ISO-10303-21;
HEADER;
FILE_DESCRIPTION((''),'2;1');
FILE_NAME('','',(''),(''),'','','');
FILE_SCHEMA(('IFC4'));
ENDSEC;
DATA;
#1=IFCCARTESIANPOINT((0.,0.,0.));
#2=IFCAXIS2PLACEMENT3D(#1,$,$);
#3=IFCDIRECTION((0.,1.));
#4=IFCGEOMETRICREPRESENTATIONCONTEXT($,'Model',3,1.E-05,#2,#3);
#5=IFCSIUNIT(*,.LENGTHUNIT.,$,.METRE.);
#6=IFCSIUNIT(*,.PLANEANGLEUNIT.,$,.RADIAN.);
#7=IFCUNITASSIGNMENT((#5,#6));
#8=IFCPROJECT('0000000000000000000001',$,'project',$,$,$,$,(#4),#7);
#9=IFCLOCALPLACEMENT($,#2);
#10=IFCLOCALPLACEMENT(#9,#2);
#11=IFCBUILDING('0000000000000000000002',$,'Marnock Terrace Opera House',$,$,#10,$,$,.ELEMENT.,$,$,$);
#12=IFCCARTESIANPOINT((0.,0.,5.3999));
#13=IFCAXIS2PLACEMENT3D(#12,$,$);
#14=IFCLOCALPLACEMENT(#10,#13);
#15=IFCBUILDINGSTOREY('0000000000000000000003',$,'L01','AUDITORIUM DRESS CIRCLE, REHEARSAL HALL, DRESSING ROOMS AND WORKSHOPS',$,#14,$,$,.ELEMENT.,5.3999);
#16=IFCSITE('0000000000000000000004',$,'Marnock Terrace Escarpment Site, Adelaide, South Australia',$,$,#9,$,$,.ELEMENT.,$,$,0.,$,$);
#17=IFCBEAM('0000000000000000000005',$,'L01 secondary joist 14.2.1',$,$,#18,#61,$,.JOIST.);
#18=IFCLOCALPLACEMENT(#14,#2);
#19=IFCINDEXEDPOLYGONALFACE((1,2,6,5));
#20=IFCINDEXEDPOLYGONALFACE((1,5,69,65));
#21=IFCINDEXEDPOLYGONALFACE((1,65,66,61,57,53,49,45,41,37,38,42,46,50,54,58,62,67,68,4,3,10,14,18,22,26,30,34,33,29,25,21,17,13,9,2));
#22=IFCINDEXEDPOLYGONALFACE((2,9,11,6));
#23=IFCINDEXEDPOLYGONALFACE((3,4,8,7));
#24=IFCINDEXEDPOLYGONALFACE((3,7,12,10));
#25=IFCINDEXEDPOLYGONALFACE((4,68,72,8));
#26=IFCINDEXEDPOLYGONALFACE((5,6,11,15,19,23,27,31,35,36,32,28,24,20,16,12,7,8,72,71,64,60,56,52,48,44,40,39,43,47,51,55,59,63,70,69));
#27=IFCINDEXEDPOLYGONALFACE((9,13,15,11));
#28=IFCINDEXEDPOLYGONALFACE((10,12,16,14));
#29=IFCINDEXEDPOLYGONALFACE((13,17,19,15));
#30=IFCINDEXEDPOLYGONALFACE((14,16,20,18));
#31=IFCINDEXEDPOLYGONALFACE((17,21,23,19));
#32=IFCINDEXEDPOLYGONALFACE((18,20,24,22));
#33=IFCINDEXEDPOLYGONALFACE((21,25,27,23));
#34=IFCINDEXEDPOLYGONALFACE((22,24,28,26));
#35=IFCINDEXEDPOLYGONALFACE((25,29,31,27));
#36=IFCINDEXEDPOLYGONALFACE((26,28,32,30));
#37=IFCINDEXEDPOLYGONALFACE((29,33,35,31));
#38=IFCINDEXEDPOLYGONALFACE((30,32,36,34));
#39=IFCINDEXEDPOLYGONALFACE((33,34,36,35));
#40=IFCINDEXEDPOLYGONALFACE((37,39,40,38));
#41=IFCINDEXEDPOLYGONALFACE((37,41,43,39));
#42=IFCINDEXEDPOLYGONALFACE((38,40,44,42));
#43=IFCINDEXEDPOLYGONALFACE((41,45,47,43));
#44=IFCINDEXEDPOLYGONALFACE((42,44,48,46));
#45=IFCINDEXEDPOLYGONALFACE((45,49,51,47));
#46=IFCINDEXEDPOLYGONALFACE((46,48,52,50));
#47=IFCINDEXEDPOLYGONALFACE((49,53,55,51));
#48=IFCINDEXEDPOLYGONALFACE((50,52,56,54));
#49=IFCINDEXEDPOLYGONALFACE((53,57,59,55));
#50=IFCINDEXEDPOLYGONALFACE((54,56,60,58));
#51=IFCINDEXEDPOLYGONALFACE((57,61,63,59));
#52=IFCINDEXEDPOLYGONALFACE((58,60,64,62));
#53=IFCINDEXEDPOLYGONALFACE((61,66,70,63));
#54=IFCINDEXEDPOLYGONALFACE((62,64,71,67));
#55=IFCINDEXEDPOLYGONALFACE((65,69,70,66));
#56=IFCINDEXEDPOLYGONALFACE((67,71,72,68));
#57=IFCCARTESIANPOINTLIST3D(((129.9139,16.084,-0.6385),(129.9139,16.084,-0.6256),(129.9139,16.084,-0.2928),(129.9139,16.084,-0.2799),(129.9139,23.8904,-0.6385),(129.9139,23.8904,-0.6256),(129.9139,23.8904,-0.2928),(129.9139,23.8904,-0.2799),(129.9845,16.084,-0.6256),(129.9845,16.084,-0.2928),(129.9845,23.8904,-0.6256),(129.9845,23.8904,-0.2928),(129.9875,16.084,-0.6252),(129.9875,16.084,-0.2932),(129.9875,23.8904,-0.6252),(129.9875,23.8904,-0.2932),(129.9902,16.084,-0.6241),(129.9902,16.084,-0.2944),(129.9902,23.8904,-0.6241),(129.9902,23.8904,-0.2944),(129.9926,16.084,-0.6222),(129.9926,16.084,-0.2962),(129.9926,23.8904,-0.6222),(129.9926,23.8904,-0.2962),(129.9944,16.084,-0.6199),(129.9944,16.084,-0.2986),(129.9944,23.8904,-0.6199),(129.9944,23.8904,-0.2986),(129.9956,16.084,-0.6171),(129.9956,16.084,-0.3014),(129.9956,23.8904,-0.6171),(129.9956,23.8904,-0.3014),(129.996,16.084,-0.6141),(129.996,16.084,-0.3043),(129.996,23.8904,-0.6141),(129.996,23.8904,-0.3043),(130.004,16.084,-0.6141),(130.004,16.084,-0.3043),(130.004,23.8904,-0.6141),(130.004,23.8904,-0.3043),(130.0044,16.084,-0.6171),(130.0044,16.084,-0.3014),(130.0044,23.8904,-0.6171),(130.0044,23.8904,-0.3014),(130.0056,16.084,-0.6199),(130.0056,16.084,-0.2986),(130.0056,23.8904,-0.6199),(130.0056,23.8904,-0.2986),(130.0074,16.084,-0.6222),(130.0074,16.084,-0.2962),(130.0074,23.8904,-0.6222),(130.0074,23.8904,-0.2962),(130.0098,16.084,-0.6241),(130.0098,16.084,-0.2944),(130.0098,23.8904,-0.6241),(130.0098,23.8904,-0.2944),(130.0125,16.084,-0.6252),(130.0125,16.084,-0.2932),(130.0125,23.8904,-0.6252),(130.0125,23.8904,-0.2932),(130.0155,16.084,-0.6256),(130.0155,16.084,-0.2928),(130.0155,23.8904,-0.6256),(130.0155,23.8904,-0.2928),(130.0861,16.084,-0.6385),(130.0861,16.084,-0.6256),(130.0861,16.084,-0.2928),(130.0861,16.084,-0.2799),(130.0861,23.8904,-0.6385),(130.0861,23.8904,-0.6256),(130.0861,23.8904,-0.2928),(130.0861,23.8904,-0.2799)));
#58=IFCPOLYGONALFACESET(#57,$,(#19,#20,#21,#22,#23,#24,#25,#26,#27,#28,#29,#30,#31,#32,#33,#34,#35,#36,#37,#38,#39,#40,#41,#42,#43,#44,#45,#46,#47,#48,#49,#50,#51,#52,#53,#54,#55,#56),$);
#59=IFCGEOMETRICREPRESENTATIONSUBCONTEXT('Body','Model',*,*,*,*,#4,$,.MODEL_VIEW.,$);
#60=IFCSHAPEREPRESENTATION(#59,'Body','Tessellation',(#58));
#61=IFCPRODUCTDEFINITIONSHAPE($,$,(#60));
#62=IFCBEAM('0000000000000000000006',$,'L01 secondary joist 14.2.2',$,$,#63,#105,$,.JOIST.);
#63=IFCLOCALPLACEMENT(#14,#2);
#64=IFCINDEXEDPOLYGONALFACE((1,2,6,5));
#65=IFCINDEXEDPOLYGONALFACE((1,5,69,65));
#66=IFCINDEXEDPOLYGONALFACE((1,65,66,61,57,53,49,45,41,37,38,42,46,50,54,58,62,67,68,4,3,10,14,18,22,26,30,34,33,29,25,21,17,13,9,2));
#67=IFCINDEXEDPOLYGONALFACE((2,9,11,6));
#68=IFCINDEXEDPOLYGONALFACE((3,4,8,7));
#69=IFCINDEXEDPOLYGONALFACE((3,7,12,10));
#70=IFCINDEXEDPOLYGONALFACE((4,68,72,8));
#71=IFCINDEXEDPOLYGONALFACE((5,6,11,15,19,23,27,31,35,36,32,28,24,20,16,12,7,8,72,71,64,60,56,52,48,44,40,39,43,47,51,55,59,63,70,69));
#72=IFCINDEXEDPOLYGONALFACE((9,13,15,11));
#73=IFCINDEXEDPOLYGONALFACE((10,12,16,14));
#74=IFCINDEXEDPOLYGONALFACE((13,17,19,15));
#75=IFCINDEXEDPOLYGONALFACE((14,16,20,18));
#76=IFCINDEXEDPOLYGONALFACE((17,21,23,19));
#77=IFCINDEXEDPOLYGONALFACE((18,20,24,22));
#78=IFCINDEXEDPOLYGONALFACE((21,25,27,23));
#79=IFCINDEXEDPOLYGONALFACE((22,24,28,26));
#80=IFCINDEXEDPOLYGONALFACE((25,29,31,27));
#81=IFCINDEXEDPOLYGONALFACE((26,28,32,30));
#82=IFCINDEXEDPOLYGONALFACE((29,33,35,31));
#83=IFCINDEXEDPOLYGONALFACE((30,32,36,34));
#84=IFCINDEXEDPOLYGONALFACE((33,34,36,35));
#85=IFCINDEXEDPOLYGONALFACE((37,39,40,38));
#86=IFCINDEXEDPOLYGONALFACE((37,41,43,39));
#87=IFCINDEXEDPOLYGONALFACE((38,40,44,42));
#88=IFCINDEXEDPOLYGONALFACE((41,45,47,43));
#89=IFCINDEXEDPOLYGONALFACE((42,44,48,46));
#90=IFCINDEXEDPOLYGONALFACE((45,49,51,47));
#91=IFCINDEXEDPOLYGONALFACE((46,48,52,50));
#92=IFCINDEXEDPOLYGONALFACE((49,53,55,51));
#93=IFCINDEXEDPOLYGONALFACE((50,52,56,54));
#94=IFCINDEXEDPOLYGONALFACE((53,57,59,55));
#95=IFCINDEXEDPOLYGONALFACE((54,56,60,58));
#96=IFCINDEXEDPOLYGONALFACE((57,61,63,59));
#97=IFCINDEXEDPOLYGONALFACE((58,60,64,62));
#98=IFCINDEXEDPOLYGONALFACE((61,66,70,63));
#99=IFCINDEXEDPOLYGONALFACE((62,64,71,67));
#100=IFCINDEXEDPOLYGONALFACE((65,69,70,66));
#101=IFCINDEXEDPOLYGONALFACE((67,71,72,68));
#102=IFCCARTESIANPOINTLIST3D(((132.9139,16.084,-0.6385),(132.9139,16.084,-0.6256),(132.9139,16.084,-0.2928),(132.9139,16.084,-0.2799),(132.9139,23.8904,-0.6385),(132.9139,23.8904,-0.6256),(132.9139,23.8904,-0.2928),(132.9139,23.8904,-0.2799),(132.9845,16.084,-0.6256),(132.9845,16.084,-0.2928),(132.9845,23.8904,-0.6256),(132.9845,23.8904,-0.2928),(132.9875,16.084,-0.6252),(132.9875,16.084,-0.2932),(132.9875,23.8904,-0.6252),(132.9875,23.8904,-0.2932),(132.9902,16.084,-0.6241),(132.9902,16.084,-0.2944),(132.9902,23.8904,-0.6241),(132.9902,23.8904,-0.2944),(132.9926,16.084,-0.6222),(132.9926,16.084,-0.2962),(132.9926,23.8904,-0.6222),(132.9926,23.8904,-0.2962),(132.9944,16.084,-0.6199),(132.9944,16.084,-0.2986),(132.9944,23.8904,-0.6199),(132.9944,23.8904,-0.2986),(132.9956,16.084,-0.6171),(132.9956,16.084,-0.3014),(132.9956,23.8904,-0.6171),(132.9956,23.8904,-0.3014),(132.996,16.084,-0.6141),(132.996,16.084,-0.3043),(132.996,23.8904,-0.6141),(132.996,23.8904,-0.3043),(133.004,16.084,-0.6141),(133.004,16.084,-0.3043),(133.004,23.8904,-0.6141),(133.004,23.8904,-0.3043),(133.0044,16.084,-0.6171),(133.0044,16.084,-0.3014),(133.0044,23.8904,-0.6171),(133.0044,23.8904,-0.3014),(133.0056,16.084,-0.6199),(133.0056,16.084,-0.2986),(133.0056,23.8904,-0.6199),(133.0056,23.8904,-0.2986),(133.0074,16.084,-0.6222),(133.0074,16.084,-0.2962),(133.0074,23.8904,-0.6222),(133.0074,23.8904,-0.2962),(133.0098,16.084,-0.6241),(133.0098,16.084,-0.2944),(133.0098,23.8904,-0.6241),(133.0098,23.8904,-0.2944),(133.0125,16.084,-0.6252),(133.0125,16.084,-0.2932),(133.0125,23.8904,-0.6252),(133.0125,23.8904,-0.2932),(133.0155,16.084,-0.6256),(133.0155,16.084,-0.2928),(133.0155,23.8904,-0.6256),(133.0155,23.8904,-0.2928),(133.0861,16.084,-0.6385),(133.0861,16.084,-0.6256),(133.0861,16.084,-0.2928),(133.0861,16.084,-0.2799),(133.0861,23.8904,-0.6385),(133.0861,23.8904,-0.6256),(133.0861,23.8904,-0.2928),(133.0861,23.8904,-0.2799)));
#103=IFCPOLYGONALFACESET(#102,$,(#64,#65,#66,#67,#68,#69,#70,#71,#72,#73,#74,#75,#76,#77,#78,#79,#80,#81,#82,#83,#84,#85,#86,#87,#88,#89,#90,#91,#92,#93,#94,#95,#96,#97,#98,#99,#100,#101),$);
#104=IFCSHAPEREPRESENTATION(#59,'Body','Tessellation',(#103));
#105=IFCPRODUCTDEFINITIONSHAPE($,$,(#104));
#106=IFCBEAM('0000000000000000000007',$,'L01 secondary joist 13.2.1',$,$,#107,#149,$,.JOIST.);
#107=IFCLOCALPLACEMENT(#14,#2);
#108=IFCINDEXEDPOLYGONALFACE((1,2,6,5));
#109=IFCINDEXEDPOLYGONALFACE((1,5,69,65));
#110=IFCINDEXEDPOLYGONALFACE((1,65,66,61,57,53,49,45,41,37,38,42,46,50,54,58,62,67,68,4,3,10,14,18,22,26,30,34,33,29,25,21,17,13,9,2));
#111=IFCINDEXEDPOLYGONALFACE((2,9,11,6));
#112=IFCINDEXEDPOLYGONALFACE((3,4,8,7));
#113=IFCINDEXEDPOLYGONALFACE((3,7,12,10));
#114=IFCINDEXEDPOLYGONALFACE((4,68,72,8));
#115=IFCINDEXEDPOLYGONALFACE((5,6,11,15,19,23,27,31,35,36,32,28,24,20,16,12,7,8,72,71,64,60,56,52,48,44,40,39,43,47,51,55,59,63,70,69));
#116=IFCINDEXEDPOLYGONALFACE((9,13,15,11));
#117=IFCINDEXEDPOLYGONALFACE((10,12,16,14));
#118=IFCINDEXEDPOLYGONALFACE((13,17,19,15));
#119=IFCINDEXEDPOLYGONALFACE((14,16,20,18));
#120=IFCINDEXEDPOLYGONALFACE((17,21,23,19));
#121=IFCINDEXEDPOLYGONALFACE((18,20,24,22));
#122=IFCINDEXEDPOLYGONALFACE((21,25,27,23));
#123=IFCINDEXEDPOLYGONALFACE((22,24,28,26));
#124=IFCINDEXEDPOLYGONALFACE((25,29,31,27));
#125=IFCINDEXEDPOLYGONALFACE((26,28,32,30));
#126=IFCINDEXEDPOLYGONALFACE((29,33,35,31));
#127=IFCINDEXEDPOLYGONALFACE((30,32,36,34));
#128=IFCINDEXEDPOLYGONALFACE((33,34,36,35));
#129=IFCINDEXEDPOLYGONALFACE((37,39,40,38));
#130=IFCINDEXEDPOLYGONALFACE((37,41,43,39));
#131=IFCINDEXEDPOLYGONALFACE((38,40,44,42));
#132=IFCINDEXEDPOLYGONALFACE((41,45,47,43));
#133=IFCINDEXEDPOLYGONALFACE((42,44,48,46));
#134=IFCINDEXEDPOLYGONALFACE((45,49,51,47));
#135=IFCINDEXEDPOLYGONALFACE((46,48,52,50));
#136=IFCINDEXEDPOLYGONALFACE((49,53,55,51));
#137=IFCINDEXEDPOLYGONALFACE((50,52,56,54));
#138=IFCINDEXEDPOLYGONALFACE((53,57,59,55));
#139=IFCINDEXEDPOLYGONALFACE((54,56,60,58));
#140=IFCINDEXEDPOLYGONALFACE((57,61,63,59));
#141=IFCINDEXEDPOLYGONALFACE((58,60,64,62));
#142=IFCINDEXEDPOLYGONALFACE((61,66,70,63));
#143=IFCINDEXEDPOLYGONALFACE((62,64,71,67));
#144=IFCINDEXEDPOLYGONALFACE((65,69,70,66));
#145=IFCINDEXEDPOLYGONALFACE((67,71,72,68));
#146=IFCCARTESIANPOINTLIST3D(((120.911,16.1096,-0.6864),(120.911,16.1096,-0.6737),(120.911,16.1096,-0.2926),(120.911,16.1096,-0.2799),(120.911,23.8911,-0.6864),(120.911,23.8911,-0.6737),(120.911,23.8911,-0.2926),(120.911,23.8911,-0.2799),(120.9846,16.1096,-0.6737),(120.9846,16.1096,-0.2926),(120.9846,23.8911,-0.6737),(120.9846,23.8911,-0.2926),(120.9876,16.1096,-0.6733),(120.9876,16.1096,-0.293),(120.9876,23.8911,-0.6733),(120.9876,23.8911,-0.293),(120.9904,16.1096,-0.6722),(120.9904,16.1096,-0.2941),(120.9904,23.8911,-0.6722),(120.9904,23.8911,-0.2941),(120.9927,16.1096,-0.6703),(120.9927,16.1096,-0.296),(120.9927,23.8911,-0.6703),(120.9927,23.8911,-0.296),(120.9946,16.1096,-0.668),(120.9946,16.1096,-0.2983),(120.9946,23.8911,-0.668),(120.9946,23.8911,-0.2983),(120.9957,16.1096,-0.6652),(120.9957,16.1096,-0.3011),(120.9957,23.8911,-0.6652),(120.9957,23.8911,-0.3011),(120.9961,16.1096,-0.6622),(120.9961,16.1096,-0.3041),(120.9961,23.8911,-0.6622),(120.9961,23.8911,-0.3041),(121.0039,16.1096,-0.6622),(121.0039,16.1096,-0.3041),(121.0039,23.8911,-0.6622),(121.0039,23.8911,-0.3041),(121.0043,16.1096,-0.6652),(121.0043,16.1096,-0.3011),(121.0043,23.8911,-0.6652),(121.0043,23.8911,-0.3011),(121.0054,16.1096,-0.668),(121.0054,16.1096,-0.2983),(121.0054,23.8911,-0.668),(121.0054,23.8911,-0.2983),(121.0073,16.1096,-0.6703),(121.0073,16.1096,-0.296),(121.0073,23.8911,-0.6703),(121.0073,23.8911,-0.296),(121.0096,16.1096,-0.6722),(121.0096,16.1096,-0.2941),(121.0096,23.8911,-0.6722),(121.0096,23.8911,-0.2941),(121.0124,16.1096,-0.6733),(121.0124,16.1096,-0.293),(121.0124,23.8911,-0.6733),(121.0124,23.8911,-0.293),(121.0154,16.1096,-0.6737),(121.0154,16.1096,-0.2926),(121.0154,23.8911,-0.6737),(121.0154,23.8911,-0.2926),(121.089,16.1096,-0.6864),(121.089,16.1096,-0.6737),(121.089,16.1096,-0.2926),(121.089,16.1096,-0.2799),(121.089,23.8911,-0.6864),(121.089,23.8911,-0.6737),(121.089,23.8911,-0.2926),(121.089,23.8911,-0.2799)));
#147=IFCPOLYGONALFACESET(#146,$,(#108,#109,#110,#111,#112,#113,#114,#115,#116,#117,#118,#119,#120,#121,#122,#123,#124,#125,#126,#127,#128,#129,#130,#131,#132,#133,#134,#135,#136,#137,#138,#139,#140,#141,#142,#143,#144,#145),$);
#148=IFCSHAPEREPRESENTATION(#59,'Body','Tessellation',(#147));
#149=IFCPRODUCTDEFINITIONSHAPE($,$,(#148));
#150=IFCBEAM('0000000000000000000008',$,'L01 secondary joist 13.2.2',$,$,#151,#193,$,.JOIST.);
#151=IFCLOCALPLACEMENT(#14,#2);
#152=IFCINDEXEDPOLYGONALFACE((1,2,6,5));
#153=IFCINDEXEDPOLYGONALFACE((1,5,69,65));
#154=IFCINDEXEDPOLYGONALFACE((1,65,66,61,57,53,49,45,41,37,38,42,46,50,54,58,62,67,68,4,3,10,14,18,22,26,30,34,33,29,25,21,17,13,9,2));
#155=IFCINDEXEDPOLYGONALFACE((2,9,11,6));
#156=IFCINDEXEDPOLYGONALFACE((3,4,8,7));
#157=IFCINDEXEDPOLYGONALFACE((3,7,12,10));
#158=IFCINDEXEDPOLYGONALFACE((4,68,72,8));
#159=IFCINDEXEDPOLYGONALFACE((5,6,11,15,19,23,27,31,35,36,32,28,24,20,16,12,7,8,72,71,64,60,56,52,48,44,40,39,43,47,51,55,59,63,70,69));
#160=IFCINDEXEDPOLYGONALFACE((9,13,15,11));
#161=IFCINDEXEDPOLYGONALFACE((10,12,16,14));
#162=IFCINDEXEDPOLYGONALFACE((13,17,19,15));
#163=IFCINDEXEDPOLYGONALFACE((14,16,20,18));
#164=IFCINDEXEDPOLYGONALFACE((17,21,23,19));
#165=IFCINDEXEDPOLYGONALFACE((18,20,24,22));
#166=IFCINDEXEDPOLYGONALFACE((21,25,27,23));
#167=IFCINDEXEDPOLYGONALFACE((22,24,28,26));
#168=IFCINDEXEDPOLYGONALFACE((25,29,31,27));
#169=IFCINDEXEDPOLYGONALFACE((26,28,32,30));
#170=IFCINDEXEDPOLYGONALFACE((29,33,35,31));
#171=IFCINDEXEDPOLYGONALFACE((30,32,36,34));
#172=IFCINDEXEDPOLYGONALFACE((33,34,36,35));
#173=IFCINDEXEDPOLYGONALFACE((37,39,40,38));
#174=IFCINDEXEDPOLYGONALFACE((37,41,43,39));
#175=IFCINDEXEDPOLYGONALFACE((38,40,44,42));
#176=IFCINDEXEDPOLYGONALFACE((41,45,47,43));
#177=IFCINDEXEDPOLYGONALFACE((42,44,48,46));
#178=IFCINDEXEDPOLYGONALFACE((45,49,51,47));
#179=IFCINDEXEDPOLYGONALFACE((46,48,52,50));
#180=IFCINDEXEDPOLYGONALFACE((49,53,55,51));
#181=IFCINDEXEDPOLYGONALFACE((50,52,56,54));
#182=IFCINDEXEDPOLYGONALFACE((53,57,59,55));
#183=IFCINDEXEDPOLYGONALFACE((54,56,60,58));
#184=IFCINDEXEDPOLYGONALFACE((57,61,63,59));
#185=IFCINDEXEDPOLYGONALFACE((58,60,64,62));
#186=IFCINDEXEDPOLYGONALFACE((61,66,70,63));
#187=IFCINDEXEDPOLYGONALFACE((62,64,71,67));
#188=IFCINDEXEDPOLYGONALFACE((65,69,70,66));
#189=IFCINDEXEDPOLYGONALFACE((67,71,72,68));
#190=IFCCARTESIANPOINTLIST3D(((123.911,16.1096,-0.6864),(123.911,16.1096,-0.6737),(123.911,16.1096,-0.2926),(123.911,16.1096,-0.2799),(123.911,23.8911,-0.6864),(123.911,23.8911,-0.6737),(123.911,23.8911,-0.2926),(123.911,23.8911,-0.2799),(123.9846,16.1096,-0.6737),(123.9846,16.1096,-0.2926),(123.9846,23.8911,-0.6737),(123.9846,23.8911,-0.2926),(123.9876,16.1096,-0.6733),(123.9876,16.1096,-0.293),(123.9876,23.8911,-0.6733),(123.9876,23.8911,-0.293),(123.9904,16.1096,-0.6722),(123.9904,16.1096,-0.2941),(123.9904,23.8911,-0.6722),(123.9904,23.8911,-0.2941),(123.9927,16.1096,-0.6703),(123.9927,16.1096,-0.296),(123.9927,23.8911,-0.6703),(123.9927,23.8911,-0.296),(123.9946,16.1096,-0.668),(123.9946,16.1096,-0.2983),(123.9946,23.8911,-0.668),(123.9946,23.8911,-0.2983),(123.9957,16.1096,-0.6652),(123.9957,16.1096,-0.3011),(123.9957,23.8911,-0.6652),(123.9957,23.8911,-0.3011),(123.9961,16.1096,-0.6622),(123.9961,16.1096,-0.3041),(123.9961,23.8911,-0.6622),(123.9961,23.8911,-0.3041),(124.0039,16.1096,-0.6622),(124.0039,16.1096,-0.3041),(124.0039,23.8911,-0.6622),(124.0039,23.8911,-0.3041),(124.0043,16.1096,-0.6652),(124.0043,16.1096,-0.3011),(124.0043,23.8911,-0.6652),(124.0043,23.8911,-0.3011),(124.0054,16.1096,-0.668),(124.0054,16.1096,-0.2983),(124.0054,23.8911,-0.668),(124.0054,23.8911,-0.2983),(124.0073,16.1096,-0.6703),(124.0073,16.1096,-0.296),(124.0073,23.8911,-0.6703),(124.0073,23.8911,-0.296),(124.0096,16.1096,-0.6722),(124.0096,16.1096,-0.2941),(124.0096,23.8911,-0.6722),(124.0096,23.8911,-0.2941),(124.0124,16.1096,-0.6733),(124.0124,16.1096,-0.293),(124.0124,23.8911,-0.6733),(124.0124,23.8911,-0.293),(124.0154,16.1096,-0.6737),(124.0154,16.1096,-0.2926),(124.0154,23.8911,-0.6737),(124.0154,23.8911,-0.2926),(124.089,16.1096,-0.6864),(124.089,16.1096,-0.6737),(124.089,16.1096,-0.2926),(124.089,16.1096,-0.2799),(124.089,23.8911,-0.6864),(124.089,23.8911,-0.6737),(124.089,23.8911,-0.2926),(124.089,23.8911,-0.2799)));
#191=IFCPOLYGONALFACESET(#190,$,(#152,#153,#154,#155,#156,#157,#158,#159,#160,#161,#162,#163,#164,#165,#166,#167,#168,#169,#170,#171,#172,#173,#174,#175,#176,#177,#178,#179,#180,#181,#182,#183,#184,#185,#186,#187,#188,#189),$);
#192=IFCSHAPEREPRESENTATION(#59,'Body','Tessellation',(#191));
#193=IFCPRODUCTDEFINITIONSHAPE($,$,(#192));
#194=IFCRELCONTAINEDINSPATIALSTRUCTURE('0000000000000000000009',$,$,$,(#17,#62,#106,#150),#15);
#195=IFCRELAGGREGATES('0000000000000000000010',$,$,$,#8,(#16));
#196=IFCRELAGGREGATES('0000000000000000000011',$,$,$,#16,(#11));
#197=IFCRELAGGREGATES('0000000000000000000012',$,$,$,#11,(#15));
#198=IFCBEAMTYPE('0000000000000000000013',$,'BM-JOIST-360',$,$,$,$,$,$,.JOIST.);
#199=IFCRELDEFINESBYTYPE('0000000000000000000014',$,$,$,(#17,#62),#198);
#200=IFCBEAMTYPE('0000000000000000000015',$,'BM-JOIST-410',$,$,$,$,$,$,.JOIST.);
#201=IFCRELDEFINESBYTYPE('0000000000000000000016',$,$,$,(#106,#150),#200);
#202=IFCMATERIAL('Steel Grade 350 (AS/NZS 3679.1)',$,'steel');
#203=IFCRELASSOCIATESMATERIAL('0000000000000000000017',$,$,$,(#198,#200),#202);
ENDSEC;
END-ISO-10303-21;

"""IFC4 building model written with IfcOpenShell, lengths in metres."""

from ifc_helpers import new_model, si_unit, direction, frame, origin, origin_2d, place, context, subcontext, project, spatial, i_section, extrude, material, material_profile, profile_set, type_object, element, save


model = new_model("IFC4")

# Units and contexts
model_context = context("Model", 3, precision=1e-05, world=origin(), true_north=direction((0.0, 1.0)))
body_context = subcontext(model_context, "Body", "Model", "MODEL_VIEW")
ifc_project = project(units=[si_unit("LENGTHUNIT", "METRE"), si_unit("PLANEANGLEUNIT", "RADIAN")], contexts=[model_context])

# Site, building, storey
site_placement = place(None, origin())
site = spatial("IfcSite", under=ifc_project, at=site_placement, Name="Marnock Terrace Escarpment Site, Adelaide, South Australia", CompositionType="ELEMENT", RefElevation=0.0)
building_placement = place(site_placement, origin())
building = spatial("IfcBuilding", under=site, at=building_placement, Name="Marnock Terrace Opera House", CompositionType="ELEMENT")
storey_placement = place(building_placement, frame((0.0, 0.0, 5.3999)))
storey = spatial("IfcBuildingStorey", under=building, at=storey_placement, Name="L01", Description="AUDITORIUM DRESS CIRCLE, REHEARSAL HALL, DRESSING ROOMS AND WORKSHOPS", CompositionType="ELEMENT", Elevation=5.3999)

# Beams
ifc_material_1 = material(Name="Steel Grade 350 (AS/NZS 3679.1)", Category="steel")
ifc_material_profile_1 = material_profile(ifc_material_1, i_section(OverallWidth=0.1721, OverallDepth=0.3586, WebThickness=0.0081, FlangeThickness=0.0129, FilletRadius=0.0115, at=origin_2d()))
ifc_profile_set_1 = profile_set([ifc_material_profile_1], Name="Steel Grade 350 (AS/NZS 3679.1)")
beam_type_1 = type_object("IfcBeamType", Name="BM-JOIST-360", PredefinedType="JOIST", material=ifc_profile_set_1)
for number, where, z_axis, x_axis, name in (
    (1, (130.0, 16.084, -0.4592), (0.0, 1.0, 0.0), (-1.0, 0.0, 0.0), "L01 secondary joist 14.2.1"),
    (2, (133.0, 16.084, -0.4592), (0.0, 1.0, 0.0), (-1.0, 0.0, 0.0), "L01 secondary joist 14.2.2"),
):
    element("IfcBeam", number, at=place(storey_placement, frame(where, z_axis=z_axis, x_axis=x_axis)), inside=storey, type_object=beam_type_1, Name=name, PredefinedType="JOIST", context=body_context, shape_type="SweptSolid", body=[
        extrude(i_section(OverallWidth=0.1721, OverallDepth=0.3586, WebThickness=0.0081, FlangeThickness=0.0129, FilletRadius=0.0115, at=origin_2d()), origin(), (0.0, 0.0, 1.0), 7.8064),
    ])
ifc_material_profile_2 = material_profile(ifc_material_1, i_section(OverallWidth=0.178, OverallDepth=0.4065, WebThickness=0.0078, FlangeThickness=0.0127, FilletRadius=0.0115, at=origin_2d()))
ifc_profile_set_2 = profile_set([ifc_material_profile_2], Name="Steel Grade 350 (AS/NZS 3679.1)")
beam_type_2 = type_object("IfcBeamType", Name="BM-JOIST-410", PredefinedType="JOIST", material=ifc_profile_set_2)
for number, where, z_axis, x_axis, name in (
    (3, (121.0, 16.1096, -0.4832), (0.0, 1.0, 0.0), (-1.0, 0.0, 0.0), "L01 secondary joist 13.2.1"),
    (4, (124.0, 16.1096, -0.4832), (0.0, 1.0, 0.0), (-1.0, 0.0, 0.0), "L01 secondary joist 13.2.2"),
):
    element("IfcBeam", number, at=place(storey_placement, frame(where, z_axis=z_axis, x_axis=x_axis)), inside=storey, type_object=beam_type_2, Name=name, PredefinedType="JOIST", context=body_context, shape_type="SweptSolid", body=[
        extrude(i_section(OverallWidth=0.178, OverallDepth=0.4065, WebThickness=0.0078, FlangeThickness=0.0127, FilletRadius=0.0115, at=origin_2d()), origin(), (0.0, 0.0, 1.0), 7.7815),
    ])

save(model, "model.ifc")
